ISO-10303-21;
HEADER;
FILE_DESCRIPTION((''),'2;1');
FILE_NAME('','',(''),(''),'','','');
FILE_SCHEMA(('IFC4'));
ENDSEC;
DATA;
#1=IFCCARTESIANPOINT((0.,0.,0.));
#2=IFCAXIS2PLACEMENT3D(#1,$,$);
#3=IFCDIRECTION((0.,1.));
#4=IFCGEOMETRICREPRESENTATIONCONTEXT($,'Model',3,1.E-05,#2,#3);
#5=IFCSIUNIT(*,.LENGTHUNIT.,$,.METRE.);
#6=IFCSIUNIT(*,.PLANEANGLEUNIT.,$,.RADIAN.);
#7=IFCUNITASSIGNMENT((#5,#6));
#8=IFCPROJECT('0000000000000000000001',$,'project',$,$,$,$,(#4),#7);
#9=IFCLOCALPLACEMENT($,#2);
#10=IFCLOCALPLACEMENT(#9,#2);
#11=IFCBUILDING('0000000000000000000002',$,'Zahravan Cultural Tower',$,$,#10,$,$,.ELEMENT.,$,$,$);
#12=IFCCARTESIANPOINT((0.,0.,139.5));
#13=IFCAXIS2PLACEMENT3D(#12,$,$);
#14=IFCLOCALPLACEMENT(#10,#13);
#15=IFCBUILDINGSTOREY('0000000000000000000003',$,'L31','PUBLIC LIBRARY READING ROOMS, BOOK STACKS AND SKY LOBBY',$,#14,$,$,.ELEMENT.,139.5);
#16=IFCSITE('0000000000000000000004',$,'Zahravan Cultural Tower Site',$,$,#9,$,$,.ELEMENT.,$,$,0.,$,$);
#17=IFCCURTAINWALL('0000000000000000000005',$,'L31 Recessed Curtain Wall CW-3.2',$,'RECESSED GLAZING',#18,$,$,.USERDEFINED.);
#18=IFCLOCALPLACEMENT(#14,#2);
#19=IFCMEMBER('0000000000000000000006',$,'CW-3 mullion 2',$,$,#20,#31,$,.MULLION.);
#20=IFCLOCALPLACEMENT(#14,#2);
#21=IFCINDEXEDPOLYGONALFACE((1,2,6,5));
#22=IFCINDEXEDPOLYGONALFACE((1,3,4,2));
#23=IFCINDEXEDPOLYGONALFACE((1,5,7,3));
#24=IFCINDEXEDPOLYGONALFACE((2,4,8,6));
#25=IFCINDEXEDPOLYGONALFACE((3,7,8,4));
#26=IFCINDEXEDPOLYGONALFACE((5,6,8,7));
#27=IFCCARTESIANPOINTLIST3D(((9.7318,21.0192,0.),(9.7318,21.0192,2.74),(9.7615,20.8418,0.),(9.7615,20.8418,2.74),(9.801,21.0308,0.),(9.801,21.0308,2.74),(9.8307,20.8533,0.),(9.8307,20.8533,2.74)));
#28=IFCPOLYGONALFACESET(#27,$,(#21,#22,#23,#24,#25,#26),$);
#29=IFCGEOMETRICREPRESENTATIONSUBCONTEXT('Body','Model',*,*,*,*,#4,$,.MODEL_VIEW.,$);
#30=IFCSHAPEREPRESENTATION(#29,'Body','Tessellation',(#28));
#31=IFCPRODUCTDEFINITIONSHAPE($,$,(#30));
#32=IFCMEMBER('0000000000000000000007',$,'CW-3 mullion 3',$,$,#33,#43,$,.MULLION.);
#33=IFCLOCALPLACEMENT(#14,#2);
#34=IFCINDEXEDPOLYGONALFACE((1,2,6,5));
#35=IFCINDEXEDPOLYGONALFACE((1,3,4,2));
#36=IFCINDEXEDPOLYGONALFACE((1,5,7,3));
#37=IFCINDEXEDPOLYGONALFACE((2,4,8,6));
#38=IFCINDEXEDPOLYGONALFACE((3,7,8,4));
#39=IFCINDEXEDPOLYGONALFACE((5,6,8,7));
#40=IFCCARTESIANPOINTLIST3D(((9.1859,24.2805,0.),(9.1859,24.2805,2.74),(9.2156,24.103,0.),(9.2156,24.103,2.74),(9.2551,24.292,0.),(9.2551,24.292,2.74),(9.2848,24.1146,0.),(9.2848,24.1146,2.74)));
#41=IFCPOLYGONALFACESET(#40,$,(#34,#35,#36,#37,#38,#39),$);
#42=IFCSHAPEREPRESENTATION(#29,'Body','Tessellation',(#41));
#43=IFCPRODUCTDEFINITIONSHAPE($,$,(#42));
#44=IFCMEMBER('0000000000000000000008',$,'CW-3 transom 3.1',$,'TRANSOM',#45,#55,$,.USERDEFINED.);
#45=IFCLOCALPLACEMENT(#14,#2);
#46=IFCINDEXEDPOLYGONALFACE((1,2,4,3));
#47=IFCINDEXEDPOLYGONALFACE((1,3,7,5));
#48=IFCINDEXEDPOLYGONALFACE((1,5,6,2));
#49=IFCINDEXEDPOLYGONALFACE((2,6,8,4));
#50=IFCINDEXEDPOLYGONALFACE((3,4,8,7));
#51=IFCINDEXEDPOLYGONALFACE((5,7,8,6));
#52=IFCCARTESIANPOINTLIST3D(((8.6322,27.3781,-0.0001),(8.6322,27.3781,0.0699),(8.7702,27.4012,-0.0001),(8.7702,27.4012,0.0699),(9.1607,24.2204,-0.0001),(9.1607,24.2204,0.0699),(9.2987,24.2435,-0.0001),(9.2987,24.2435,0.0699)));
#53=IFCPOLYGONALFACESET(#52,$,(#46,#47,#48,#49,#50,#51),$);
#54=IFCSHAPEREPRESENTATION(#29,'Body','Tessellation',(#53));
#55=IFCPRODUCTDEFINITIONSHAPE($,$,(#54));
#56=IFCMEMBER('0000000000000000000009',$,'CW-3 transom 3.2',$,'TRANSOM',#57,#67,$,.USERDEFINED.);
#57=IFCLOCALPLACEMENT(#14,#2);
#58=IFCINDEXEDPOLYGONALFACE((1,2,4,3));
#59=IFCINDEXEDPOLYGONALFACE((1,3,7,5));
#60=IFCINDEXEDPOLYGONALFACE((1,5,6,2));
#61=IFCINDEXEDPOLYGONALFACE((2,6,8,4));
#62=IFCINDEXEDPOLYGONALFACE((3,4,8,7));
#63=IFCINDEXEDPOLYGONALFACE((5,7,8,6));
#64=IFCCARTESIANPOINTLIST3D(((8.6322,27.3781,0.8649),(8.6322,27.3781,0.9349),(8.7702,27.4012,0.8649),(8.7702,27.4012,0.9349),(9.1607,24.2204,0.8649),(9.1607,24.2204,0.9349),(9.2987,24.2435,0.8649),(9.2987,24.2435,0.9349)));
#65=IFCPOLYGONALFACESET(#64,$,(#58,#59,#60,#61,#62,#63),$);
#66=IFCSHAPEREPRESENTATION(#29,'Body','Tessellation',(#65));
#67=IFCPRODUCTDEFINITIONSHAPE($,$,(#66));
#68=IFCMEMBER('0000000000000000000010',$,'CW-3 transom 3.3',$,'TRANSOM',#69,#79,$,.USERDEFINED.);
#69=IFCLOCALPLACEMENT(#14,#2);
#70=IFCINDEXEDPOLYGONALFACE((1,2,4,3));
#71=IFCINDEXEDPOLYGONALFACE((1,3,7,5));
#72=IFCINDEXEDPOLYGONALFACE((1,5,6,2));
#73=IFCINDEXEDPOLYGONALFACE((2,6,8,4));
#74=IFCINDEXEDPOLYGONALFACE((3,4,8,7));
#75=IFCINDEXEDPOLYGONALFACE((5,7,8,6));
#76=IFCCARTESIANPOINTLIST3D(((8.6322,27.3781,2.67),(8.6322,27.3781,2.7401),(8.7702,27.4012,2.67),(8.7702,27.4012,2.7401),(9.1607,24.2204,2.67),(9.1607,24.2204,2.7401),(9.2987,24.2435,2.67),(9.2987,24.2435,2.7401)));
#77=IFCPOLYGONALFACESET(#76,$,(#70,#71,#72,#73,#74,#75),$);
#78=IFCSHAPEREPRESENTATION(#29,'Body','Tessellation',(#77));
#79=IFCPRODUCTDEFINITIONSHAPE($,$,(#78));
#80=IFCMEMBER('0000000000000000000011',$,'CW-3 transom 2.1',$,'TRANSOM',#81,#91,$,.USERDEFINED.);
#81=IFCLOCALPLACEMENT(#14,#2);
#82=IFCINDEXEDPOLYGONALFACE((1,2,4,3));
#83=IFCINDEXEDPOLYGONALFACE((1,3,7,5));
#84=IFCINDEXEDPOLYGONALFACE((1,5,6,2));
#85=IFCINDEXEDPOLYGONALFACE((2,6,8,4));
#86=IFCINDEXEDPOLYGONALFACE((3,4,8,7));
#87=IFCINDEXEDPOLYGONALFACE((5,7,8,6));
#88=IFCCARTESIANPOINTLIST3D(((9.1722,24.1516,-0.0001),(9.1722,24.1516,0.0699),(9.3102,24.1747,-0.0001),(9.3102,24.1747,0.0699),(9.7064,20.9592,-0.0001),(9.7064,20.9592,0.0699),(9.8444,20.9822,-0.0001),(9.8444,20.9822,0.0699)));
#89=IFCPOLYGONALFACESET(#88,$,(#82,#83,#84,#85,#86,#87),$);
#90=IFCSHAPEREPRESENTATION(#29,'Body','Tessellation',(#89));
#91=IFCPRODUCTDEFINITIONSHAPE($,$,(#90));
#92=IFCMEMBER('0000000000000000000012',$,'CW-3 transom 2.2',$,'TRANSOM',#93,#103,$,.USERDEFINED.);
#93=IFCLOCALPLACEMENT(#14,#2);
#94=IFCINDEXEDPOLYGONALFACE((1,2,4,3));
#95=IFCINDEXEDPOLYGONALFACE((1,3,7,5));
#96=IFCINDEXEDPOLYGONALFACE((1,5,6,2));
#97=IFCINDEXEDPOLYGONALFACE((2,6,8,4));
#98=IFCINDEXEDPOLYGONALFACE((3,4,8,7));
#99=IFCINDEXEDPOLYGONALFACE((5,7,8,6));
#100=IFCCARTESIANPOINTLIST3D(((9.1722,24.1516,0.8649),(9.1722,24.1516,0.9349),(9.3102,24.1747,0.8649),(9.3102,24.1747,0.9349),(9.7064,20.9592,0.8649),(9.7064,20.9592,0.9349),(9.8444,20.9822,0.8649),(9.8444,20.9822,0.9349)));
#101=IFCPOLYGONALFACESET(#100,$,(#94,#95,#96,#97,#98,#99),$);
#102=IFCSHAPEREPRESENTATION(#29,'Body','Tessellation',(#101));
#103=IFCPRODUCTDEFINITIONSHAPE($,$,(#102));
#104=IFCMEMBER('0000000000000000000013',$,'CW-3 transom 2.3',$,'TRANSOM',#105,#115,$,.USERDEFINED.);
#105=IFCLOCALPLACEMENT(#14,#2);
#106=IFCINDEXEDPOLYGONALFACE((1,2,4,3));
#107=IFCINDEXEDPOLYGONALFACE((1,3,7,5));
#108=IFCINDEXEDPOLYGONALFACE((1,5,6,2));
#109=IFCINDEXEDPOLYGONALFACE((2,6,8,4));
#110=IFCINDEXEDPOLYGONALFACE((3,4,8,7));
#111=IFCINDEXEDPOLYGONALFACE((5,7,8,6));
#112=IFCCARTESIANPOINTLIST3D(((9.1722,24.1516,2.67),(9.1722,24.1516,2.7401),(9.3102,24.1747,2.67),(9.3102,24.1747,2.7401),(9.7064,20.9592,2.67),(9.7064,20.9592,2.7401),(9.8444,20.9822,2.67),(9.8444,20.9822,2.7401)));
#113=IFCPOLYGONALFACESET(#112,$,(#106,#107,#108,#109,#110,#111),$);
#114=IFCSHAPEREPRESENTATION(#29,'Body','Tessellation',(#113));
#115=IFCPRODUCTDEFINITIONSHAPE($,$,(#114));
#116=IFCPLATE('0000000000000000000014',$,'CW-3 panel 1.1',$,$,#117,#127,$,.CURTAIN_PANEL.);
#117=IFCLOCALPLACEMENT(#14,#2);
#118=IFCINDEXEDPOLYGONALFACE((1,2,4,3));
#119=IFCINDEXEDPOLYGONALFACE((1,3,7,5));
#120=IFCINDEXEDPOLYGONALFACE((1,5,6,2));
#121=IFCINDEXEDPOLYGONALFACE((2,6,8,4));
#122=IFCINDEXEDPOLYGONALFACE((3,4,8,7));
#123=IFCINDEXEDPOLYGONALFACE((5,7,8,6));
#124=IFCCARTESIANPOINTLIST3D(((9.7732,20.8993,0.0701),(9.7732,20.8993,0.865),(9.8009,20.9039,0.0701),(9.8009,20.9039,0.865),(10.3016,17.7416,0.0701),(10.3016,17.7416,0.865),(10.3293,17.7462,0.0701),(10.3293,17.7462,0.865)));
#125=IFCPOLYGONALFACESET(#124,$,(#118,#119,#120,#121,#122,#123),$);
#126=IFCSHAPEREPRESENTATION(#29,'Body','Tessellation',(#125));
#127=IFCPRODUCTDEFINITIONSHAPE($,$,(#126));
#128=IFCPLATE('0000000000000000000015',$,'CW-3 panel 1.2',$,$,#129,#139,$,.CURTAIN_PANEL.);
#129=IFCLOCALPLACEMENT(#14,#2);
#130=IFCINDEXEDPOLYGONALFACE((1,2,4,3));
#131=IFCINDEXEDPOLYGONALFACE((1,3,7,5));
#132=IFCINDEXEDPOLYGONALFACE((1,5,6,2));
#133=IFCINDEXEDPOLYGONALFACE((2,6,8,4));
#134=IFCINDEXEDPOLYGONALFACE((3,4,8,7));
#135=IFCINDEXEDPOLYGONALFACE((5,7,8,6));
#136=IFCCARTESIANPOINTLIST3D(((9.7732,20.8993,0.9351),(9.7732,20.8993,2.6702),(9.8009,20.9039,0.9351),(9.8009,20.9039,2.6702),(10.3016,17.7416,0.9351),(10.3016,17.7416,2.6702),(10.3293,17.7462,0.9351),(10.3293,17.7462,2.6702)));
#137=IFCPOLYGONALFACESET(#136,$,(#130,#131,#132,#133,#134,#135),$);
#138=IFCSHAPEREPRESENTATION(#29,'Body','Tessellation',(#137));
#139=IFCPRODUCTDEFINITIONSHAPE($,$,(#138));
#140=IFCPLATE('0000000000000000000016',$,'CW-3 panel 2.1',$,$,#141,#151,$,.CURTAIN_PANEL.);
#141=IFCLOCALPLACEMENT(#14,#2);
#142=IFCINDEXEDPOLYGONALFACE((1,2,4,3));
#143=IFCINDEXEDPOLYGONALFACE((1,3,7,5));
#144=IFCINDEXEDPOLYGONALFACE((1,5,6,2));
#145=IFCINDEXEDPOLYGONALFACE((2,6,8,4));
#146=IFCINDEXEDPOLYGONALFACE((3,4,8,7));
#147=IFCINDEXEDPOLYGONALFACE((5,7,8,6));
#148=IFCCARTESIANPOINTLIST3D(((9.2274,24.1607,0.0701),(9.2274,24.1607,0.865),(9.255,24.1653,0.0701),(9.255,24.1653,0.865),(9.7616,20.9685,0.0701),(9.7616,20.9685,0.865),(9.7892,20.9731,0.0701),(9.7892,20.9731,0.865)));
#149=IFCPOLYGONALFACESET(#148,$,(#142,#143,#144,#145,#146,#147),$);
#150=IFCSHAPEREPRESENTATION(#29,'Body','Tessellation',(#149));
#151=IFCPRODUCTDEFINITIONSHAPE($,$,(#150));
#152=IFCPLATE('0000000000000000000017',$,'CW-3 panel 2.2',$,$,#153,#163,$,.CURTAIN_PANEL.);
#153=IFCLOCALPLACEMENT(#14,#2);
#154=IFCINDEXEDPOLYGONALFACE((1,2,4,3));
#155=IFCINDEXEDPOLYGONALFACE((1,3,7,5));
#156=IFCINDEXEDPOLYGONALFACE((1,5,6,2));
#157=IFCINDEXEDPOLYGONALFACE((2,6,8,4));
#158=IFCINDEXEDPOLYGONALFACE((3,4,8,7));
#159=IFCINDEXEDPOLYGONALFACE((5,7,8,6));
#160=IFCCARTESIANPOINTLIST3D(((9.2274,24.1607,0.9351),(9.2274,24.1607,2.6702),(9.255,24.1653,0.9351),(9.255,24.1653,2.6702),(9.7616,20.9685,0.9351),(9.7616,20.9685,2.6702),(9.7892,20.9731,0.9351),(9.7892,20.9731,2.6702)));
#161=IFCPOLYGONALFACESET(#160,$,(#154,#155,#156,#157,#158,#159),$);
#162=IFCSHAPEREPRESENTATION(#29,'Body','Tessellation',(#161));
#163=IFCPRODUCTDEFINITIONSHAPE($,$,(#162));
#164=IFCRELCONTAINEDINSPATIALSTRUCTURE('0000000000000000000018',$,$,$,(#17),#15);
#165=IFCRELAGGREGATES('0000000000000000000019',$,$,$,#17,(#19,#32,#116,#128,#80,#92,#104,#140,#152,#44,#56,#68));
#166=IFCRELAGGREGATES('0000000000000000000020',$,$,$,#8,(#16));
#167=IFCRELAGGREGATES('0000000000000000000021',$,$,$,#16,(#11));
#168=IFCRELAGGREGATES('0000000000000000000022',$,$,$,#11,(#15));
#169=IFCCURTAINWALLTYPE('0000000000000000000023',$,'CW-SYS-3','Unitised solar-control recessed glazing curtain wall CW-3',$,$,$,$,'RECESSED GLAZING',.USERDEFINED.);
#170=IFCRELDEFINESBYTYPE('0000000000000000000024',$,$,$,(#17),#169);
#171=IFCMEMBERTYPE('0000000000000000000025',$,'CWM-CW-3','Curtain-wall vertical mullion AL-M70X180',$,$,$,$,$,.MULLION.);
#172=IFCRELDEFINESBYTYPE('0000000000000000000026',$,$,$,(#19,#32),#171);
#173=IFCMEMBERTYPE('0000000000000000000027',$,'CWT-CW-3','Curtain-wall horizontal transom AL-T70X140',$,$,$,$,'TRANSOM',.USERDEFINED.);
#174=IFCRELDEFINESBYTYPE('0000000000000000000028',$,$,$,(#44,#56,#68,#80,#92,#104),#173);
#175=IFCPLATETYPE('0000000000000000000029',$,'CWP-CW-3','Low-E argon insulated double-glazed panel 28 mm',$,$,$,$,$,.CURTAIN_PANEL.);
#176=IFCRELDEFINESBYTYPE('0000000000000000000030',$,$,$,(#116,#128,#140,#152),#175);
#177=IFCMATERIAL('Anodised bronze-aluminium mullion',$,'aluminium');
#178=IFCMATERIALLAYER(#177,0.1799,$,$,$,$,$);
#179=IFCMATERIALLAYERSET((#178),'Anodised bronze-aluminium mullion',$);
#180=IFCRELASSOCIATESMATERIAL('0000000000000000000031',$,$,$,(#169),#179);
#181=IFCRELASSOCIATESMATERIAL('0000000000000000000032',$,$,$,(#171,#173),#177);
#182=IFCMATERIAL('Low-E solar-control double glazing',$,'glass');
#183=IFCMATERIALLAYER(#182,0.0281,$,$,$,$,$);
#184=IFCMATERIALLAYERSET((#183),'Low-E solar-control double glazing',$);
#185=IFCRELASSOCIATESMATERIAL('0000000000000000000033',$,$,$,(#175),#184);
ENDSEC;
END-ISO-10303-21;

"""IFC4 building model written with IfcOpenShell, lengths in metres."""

from ifc_helpers import new_model, si_unit, direction, frame, origin, origin_2d, place, context, subcontext, project, spatial, rectangle, extrude, source, transform, mapped, material, layer, layer_set, material_profile, profile_set, type_object, element, aggregate, save


model = new_model("IFC4")

# Units and contexts
model_context = context("Model", 3, precision=1e-05, world=origin(), true_north=direction((0.0, 1.0)))
body_context = subcontext(model_context, "Body", "Model", "MODEL_VIEW")
ifc_project = project(units=[si_unit("LENGTHUNIT", "METRE"), si_unit("PLANEANGLEUNIT", "RADIAN")], contexts=[model_context])

# Site, building, storey
site_placement = place(None, origin())
site = spatial("IfcSite", under=ifc_project, at=site_placement, Name="Zahravan Cultural Tower Site", CompositionType="ELEMENT", RefElevation=0.0)
building_placement = place(site_placement, origin())
building = spatial("IfcBuilding", under=site, at=building_placement, Name="Zahravan Cultural Tower", CompositionType="ELEMENT")
storey_placement = place(building_placement, frame((0.0, 0.0, 139.5)))
storey = spatial("IfcBuildingStorey", under=building, at=storey_placement, Name="L31", Description="PUBLIC LIBRARY READING ROOMS, BOOK STACKS AND SKY LOBBY", CompositionType="ELEMENT", Elevation=139.5)

# Curtain wall, members, plates
ifc_material_1 = material(Name="Anodised bronze-aluminium mullion", Category="aluminium")
ifc_layer_1 = layer(ifc_material_1, 0.1799)
ifc_layer_set_1 = layer_set([ifc_layer_1], Name="Anodised bronze-aluminium mullion")
curtain_wall_type = type_object("IfcCurtainWallType", Name="CW-SYS-3", Description="Unitised solar-control recessed glazing curtain wall CW-3", ElementType="RECESSED GLAZING", PredefinedType="USERDEFINED", material=ifc_layer_set_1)
curtain_wall_placement = place(storey_placement, origin())
curtain_wall = element("IfcCurtainWall", 1, at=curtain_wall_placement, inside=storey, type_object=curtain_wall_type, Name="L31 Recessed Curtain Wall CW-3.2", ObjectType="RECESSED GLAZING", PredefinedType="USERDEFINED")
ifc_material_profile_1 = material_profile(ifc_material_1, rectangle(XDim=0.0701, YDim=0.1799, at=origin_2d()), Name="AL-M70X180")
ifc_profile_set_1 = profile_set([ifc_material_profile_1], Name="Anodised bronze-aluminium mullion")
member_type_1 = type_object("IfcMemberType", Name="CWM-CW-3", Description="Curtain-wall vertical mullion AL-M70X180", PredefinedType="MULLION", material=ifc_profile_set_1)
shared_shape_1 = source(origin(), body_context, "Body", "SweptSolid", [
    extrude(rectangle(XDim=0.0701, YDim=0.1799, at=origin_2d()), origin(), (0.0, 0.0, 1.0), 2.74),
])
member_1_placement = place(storey_placement, frame((9.7812, 20.9363, 0.0), z_axis=(0.0, 0.0, 1.0), x_axis=(-0.986285, -0.165051, 0.0)))
member_1 = element("IfcMember", 2, at=member_1_placement, type_object=member_type_1, Name="CW-3 mullion 2", PredefinedType="MULLION", context=body_context, shape_type="MappedRepresentation", body=[
    mapped(shared_shape_1, transform((0.0, 0.0, 0.0), x_axis=(1.0, 0.0, 0.0), y_axis=(0.0, 1.0, 0.0), z_axis=(0.0, 0.0, 1.0), scale=1.0)),
])
member_2_placement = place(storey_placement, frame((9.2354, 24.1975, 0.0), z_axis=(0.0, 0.0, 1.0), x_axis=(-0.986285, -0.165051, 0.0)))
member_2 = element("IfcMember", 3, at=member_2_placement, type_object=member_type_1, Name="CW-3 mullion 3", PredefinedType="MULLION", context=body_context, shape_type="MappedRepresentation", body=[
    mapped(shared_shape_1, transform((0.0, 0.0, 0.0), x_axis=(1.0, 0.0, 0.0), y_axis=(0.0, 1.0, 0.0), z_axis=(0.0, 0.0, 1.0), scale=1.0)),
])
ifc_material_profile_2 = material_profile(ifc_material_1, rectangle(XDim=0.1399, YDim=0.0701, at=origin_2d()), Name="AL-T70X140")
ifc_profile_set_2 = profile_set([ifc_material_profile_2], Name="Anodised bronze-aluminium mullion")
member_type_2 = type_object("IfcMemberType", Name="CWT-CW-3", Description="Curtain-wall horizontal transom AL-T70X140", ElementType="TRANSOM", PredefinedType="USERDEFINED", material=ifc_profile_set_2)
shared_shape_2 = source(origin(), body_context, "Body", "SweptSolid", [
    extrude(rectangle(XDim=0.1399, YDim=0.0701, at=origin_2d()), origin(), (0.0, 0.0, 1.0), 3.2017),
])
member_3_placement = place(storey_placement, frame((9.2297, 24.2319, 0.0349), z_axis=(-0.165091, 0.986278, 0.0), x_axis=(-0.986278, -0.165091, 0.0)))
member_3 = element("IfcMember", 4, at=member_3_placement, type_object=member_type_2, Name="CW-3 transom 3.1", ObjectType="TRANSOM", PredefinedType="USERDEFINED", context=body_context, shape_type="MappedRepresentation", body=[
    mapped(shared_shape_2, transform((0.0, 0.0, 0.0), x_axis=(1.0, 0.0, 0.0), y_axis=(0.0, 1.0, 0.0), z_axis=(0.0, 0.0, 1.0), scale=1.0)),
])
member_4_placement = place(storey_placement, frame((9.2297, 24.2319, 0.8999), z_axis=(-0.165091, 0.986278, 0.0), x_axis=(-0.986278, -0.165091, 0.0)))
member_4 = element("IfcMember", 5, at=member_4_placement, type_object=member_type_2, Name="CW-3 transom 3.2", ObjectType="TRANSOM", PredefinedType="USERDEFINED", context=body_context, shape_type="MappedRepresentation", body=[
    mapped(shared_shape_2, transform((0.0, 0.0, 0.0), x_axis=(1.0, 0.0, 0.0), y_axis=(0.0, 1.0, 0.0), z_axis=(0.0, 0.0, 1.0), scale=1.0)),
])
member_5_placement = place(storey_placement, frame((9.2297, 24.2319, 2.7051), z_axis=(-0.165091, 0.986278, 0.0), x_axis=(-0.986278, -0.165091, 0.0)))
member_5 = element("IfcMember", 6, at=member_5_placement, type_object=member_type_2, Name="CW-3 transom 3.3", ObjectType="TRANSOM", PredefinedType="USERDEFINED", context=body_context, shape_type="MappedRepresentation", body=[
    mapped(shared_shape_2, transform((0.0, 0.0, 0.0), x_axis=(1.0, 0.0, 0.0), y_axis=(0.0, 1.0, 0.0), z_axis=(0.0, 0.0, 1.0), scale=1.0)),
])
shared_shape_3 = source(origin(), body_context, "Body", "SweptSolid", [
    extrude(rectangle(XDim=0.1399, YDim=0.0701, at=origin_2d()), origin(), (0.0, 0.0, 1.0), 3.2368),
])
member_6_placement = place(storey_placement, frame((9.7754, 20.9707, 0.0349), z_axis=(-0.165035, 0.986288, 0.0), x_axis=(-0.986288, -0.165035, 0.0)))
member_6 = element("IfcMember", 7, at=member_6_placement, type_object=member_type_2, Name="CW-3 transom 2.1", ObjectType="TRANSOM", PredefinedType="USERDEFINED", context=body_context, shape_type="MappedRepresentation", body=[
    mapped(shared_shape_3, transform((0.0, 0.0, 0.0), x_axis=(1.0, 0.0, 0.0), y_axis=(0.0, 1.0, 0.0), z_axis=(0.0, 0.0, 1.0), scale=1.0)),
])
member_7_placement = place(storey_placement, frame((9.7754, 20.9707, 0.8999), z_axis=(-0.165035, 0.986288, 0.0), x_axis=(-0.986288, -0.165035, 0.0)))
member_7 = element("IfcMember", 8, at=member_7_placement, type_object=member_type_2, Name="CW-3 transom 2.2", ObjectType="TRANSOM", PredefinedType="USERDEFINED", context=body_context, shape_type="MappedRepresentation", body=[
    mapped(shared_shape_3, transform((0.0, 0.0, 0.0), x_axis=(1.0, 0.0, 0.0), y_axis=(0.0, 1.0, 0.0), z_axis=(0.0, 0.0, 1.0), scale=1.0)),
])
member_8_placement = place(storey_placement, frame((9.7754, 20.9707, 2.7051), z_axis=(-0.165035, 0.986288, 0.0), x_axis=(-0.986288, -0.165035, 0.0)))
member_8 = element("IfcMember", 9, at=member_8_placement, type_object=member_type_2, Name="CW-3 transom 2.3", ObjectType="TRANSOM", PredefinedType="USERDEFINED", context=body_context, shape_type="MappedRepresentation", body=[
    mapped(shared_shape_3, transform((0.0, 0.0, 0.0), x_axis=(1.0, 0.0, 0.0), y_axis=(0.0, 1.0, 0.0), z_axis=(0.0, 0.0, 1.0), scale=1.0)),
])
ifc_material_2 = material(Name="Low-E solar-control double glazing", Category="glass")
ifc_layer_2 = layer(ifc_material_2, 0.0281)
ifc_layer_set_2 = layer_set([ifc_layer_2], Name="Low-E solar-control double glazing")
plate_type = type_object("IfcPlateType", Name="CWP-CW-3", Description="Low-E argon insulated double-glazed panel 28 mm", PredefinedType="CURTAIN_PANEL", material=ifc_layer_set_2)
shared_shape_4 = source(origin(), body_context, "Body", "SweptSolid", [
    extrude(rectangle(XDim=3.2017, YDim=0.0281, at=origin_2d()), origin(), (0.0, 0.0, 1.0), 0.7949),
])
plate_1_placement = place(storey_placement, frame((10.0513, 19.3228, 0.0701), z_axis=(0.0, 0.0, 1.0), x_axis=(-0.165051, 0.986285, 0.0)))
plate_1 = element("IfcPlate", 10, at=plate_1_placement, type_object=plate_type, Name="CW-3 panel 1.1", PredefinedType="CURTAIN_PANEL", context=body_context, shape_type="MappedRepresentation", body=[
    mapped(shared_shape_4, transform((0.0, 0.0, 0.0), x_axis=(1.0, 0.0, 0.0), y_axis=(0.0, 1.0, 0.0), z_axis=(0.0, 0.0, 1.0), scale=1.0)),
])
shared_shape_5 = source(origin(), body_context, "Body", "SweptSolid", [
    extrude(rectangle(XDim=3.2017, YDim=0.0281, at=origin_2d()), origin(), (0.0, 0.0, 1.0), 1.7351),
])
plate_2_placement = place(storey_placement, frame((10.0513, 19.3228, 0.9351), z_axis=(0.0, 0.0, 1.0), x_axis=(-0.165051, 0.986285, 0.0)))
plate_2 = element("IfcPlate", 11, at=plate_2_placement, type_object=plate_type, Name="CW-3 panel 1.2", PredefinedType="CURTAIN_PANEL", context=body_context, shape_type="MappedRepresentation", body=[
    mapped(shared_shape_5, transform((0.0, 0.0, 0.0), x_axis=(1.0, 0.0, 0.0), y_axis=(0.0, 1.0, 0.0), z_axis=(0.0, 0.0, 1.0), scale=1.0)),
])
shared_shape_6 = source(origin(), body_context, "Body", "SweptSolid", [
    extrude(rectangle(XDim=3.2366, YDim=0.0281, at=origin_2d()), origin(), (0.0, 0.0, 1.0), 0.7949),
])
plate_3_placement = place(storey_placement, frame((9.5083, 22.5669, 0.0701), z_axis=(0.0, 0.0, 1.0), x_axis=(-0.165051, 0.986285, 0.0)))
plate_3 = element("IfcPlate", 12, at=plate_3_placement, type_object=plate_type, Name="CW-3 panel 2.1", PredefinedType="CURTAIN_PANEL", context=body_context, shape_type="MappedRepresentation", body=[
    mapped(shared_shape_6, transform((0.0, 0.0, 0.0), x_axis=(1.0, 0.0, 0.0), y_axis=(0.0, 1.0, 0.0), z_axis=(0.0, 0.0, 1.0), scale=1.0)),
])
shared_shape_7 = source(origin(), body_context, "Body", "SweptSolid", [
    extrude(rectangle(XDim=3.2366, YDim=0.0281, at=origin_2d()), origin(), (0.0, 0.0, 1.0), 1.7351),
])
plate_4_placement = place(storey_placement, frame((9.5083, 22.5669, 0.9351), z_axis=(0.0, 0.0, 1.0), x_axis=(-0.165051, 0.986285, 0.0)))
plate_4 = element("IfcPlate", 13, at=plate_4_placement, type_object=plate_type, Name="CW-3 panel 2.2", PredefinedType="CURTAIN_PANEL", context=body_context, shape_type="MappedRepresentation", body=[
    mapped(shared_shape_7, transform((0.0, 0.0, 0.0), x_axis=(1.0, 0.0, 0.0), y_axis=(0.0, 1.0, 0.0), z_axis=(0.0, 0.0, 1.0), scale=1.0)),
])
aggregate(curtain_wall, [member_1, member_2, plate_1, plate_2, member_6, member_7, member_8, plate_3, plate_4, member_3, member_4, member_5])

save(model, "model.ifc")
